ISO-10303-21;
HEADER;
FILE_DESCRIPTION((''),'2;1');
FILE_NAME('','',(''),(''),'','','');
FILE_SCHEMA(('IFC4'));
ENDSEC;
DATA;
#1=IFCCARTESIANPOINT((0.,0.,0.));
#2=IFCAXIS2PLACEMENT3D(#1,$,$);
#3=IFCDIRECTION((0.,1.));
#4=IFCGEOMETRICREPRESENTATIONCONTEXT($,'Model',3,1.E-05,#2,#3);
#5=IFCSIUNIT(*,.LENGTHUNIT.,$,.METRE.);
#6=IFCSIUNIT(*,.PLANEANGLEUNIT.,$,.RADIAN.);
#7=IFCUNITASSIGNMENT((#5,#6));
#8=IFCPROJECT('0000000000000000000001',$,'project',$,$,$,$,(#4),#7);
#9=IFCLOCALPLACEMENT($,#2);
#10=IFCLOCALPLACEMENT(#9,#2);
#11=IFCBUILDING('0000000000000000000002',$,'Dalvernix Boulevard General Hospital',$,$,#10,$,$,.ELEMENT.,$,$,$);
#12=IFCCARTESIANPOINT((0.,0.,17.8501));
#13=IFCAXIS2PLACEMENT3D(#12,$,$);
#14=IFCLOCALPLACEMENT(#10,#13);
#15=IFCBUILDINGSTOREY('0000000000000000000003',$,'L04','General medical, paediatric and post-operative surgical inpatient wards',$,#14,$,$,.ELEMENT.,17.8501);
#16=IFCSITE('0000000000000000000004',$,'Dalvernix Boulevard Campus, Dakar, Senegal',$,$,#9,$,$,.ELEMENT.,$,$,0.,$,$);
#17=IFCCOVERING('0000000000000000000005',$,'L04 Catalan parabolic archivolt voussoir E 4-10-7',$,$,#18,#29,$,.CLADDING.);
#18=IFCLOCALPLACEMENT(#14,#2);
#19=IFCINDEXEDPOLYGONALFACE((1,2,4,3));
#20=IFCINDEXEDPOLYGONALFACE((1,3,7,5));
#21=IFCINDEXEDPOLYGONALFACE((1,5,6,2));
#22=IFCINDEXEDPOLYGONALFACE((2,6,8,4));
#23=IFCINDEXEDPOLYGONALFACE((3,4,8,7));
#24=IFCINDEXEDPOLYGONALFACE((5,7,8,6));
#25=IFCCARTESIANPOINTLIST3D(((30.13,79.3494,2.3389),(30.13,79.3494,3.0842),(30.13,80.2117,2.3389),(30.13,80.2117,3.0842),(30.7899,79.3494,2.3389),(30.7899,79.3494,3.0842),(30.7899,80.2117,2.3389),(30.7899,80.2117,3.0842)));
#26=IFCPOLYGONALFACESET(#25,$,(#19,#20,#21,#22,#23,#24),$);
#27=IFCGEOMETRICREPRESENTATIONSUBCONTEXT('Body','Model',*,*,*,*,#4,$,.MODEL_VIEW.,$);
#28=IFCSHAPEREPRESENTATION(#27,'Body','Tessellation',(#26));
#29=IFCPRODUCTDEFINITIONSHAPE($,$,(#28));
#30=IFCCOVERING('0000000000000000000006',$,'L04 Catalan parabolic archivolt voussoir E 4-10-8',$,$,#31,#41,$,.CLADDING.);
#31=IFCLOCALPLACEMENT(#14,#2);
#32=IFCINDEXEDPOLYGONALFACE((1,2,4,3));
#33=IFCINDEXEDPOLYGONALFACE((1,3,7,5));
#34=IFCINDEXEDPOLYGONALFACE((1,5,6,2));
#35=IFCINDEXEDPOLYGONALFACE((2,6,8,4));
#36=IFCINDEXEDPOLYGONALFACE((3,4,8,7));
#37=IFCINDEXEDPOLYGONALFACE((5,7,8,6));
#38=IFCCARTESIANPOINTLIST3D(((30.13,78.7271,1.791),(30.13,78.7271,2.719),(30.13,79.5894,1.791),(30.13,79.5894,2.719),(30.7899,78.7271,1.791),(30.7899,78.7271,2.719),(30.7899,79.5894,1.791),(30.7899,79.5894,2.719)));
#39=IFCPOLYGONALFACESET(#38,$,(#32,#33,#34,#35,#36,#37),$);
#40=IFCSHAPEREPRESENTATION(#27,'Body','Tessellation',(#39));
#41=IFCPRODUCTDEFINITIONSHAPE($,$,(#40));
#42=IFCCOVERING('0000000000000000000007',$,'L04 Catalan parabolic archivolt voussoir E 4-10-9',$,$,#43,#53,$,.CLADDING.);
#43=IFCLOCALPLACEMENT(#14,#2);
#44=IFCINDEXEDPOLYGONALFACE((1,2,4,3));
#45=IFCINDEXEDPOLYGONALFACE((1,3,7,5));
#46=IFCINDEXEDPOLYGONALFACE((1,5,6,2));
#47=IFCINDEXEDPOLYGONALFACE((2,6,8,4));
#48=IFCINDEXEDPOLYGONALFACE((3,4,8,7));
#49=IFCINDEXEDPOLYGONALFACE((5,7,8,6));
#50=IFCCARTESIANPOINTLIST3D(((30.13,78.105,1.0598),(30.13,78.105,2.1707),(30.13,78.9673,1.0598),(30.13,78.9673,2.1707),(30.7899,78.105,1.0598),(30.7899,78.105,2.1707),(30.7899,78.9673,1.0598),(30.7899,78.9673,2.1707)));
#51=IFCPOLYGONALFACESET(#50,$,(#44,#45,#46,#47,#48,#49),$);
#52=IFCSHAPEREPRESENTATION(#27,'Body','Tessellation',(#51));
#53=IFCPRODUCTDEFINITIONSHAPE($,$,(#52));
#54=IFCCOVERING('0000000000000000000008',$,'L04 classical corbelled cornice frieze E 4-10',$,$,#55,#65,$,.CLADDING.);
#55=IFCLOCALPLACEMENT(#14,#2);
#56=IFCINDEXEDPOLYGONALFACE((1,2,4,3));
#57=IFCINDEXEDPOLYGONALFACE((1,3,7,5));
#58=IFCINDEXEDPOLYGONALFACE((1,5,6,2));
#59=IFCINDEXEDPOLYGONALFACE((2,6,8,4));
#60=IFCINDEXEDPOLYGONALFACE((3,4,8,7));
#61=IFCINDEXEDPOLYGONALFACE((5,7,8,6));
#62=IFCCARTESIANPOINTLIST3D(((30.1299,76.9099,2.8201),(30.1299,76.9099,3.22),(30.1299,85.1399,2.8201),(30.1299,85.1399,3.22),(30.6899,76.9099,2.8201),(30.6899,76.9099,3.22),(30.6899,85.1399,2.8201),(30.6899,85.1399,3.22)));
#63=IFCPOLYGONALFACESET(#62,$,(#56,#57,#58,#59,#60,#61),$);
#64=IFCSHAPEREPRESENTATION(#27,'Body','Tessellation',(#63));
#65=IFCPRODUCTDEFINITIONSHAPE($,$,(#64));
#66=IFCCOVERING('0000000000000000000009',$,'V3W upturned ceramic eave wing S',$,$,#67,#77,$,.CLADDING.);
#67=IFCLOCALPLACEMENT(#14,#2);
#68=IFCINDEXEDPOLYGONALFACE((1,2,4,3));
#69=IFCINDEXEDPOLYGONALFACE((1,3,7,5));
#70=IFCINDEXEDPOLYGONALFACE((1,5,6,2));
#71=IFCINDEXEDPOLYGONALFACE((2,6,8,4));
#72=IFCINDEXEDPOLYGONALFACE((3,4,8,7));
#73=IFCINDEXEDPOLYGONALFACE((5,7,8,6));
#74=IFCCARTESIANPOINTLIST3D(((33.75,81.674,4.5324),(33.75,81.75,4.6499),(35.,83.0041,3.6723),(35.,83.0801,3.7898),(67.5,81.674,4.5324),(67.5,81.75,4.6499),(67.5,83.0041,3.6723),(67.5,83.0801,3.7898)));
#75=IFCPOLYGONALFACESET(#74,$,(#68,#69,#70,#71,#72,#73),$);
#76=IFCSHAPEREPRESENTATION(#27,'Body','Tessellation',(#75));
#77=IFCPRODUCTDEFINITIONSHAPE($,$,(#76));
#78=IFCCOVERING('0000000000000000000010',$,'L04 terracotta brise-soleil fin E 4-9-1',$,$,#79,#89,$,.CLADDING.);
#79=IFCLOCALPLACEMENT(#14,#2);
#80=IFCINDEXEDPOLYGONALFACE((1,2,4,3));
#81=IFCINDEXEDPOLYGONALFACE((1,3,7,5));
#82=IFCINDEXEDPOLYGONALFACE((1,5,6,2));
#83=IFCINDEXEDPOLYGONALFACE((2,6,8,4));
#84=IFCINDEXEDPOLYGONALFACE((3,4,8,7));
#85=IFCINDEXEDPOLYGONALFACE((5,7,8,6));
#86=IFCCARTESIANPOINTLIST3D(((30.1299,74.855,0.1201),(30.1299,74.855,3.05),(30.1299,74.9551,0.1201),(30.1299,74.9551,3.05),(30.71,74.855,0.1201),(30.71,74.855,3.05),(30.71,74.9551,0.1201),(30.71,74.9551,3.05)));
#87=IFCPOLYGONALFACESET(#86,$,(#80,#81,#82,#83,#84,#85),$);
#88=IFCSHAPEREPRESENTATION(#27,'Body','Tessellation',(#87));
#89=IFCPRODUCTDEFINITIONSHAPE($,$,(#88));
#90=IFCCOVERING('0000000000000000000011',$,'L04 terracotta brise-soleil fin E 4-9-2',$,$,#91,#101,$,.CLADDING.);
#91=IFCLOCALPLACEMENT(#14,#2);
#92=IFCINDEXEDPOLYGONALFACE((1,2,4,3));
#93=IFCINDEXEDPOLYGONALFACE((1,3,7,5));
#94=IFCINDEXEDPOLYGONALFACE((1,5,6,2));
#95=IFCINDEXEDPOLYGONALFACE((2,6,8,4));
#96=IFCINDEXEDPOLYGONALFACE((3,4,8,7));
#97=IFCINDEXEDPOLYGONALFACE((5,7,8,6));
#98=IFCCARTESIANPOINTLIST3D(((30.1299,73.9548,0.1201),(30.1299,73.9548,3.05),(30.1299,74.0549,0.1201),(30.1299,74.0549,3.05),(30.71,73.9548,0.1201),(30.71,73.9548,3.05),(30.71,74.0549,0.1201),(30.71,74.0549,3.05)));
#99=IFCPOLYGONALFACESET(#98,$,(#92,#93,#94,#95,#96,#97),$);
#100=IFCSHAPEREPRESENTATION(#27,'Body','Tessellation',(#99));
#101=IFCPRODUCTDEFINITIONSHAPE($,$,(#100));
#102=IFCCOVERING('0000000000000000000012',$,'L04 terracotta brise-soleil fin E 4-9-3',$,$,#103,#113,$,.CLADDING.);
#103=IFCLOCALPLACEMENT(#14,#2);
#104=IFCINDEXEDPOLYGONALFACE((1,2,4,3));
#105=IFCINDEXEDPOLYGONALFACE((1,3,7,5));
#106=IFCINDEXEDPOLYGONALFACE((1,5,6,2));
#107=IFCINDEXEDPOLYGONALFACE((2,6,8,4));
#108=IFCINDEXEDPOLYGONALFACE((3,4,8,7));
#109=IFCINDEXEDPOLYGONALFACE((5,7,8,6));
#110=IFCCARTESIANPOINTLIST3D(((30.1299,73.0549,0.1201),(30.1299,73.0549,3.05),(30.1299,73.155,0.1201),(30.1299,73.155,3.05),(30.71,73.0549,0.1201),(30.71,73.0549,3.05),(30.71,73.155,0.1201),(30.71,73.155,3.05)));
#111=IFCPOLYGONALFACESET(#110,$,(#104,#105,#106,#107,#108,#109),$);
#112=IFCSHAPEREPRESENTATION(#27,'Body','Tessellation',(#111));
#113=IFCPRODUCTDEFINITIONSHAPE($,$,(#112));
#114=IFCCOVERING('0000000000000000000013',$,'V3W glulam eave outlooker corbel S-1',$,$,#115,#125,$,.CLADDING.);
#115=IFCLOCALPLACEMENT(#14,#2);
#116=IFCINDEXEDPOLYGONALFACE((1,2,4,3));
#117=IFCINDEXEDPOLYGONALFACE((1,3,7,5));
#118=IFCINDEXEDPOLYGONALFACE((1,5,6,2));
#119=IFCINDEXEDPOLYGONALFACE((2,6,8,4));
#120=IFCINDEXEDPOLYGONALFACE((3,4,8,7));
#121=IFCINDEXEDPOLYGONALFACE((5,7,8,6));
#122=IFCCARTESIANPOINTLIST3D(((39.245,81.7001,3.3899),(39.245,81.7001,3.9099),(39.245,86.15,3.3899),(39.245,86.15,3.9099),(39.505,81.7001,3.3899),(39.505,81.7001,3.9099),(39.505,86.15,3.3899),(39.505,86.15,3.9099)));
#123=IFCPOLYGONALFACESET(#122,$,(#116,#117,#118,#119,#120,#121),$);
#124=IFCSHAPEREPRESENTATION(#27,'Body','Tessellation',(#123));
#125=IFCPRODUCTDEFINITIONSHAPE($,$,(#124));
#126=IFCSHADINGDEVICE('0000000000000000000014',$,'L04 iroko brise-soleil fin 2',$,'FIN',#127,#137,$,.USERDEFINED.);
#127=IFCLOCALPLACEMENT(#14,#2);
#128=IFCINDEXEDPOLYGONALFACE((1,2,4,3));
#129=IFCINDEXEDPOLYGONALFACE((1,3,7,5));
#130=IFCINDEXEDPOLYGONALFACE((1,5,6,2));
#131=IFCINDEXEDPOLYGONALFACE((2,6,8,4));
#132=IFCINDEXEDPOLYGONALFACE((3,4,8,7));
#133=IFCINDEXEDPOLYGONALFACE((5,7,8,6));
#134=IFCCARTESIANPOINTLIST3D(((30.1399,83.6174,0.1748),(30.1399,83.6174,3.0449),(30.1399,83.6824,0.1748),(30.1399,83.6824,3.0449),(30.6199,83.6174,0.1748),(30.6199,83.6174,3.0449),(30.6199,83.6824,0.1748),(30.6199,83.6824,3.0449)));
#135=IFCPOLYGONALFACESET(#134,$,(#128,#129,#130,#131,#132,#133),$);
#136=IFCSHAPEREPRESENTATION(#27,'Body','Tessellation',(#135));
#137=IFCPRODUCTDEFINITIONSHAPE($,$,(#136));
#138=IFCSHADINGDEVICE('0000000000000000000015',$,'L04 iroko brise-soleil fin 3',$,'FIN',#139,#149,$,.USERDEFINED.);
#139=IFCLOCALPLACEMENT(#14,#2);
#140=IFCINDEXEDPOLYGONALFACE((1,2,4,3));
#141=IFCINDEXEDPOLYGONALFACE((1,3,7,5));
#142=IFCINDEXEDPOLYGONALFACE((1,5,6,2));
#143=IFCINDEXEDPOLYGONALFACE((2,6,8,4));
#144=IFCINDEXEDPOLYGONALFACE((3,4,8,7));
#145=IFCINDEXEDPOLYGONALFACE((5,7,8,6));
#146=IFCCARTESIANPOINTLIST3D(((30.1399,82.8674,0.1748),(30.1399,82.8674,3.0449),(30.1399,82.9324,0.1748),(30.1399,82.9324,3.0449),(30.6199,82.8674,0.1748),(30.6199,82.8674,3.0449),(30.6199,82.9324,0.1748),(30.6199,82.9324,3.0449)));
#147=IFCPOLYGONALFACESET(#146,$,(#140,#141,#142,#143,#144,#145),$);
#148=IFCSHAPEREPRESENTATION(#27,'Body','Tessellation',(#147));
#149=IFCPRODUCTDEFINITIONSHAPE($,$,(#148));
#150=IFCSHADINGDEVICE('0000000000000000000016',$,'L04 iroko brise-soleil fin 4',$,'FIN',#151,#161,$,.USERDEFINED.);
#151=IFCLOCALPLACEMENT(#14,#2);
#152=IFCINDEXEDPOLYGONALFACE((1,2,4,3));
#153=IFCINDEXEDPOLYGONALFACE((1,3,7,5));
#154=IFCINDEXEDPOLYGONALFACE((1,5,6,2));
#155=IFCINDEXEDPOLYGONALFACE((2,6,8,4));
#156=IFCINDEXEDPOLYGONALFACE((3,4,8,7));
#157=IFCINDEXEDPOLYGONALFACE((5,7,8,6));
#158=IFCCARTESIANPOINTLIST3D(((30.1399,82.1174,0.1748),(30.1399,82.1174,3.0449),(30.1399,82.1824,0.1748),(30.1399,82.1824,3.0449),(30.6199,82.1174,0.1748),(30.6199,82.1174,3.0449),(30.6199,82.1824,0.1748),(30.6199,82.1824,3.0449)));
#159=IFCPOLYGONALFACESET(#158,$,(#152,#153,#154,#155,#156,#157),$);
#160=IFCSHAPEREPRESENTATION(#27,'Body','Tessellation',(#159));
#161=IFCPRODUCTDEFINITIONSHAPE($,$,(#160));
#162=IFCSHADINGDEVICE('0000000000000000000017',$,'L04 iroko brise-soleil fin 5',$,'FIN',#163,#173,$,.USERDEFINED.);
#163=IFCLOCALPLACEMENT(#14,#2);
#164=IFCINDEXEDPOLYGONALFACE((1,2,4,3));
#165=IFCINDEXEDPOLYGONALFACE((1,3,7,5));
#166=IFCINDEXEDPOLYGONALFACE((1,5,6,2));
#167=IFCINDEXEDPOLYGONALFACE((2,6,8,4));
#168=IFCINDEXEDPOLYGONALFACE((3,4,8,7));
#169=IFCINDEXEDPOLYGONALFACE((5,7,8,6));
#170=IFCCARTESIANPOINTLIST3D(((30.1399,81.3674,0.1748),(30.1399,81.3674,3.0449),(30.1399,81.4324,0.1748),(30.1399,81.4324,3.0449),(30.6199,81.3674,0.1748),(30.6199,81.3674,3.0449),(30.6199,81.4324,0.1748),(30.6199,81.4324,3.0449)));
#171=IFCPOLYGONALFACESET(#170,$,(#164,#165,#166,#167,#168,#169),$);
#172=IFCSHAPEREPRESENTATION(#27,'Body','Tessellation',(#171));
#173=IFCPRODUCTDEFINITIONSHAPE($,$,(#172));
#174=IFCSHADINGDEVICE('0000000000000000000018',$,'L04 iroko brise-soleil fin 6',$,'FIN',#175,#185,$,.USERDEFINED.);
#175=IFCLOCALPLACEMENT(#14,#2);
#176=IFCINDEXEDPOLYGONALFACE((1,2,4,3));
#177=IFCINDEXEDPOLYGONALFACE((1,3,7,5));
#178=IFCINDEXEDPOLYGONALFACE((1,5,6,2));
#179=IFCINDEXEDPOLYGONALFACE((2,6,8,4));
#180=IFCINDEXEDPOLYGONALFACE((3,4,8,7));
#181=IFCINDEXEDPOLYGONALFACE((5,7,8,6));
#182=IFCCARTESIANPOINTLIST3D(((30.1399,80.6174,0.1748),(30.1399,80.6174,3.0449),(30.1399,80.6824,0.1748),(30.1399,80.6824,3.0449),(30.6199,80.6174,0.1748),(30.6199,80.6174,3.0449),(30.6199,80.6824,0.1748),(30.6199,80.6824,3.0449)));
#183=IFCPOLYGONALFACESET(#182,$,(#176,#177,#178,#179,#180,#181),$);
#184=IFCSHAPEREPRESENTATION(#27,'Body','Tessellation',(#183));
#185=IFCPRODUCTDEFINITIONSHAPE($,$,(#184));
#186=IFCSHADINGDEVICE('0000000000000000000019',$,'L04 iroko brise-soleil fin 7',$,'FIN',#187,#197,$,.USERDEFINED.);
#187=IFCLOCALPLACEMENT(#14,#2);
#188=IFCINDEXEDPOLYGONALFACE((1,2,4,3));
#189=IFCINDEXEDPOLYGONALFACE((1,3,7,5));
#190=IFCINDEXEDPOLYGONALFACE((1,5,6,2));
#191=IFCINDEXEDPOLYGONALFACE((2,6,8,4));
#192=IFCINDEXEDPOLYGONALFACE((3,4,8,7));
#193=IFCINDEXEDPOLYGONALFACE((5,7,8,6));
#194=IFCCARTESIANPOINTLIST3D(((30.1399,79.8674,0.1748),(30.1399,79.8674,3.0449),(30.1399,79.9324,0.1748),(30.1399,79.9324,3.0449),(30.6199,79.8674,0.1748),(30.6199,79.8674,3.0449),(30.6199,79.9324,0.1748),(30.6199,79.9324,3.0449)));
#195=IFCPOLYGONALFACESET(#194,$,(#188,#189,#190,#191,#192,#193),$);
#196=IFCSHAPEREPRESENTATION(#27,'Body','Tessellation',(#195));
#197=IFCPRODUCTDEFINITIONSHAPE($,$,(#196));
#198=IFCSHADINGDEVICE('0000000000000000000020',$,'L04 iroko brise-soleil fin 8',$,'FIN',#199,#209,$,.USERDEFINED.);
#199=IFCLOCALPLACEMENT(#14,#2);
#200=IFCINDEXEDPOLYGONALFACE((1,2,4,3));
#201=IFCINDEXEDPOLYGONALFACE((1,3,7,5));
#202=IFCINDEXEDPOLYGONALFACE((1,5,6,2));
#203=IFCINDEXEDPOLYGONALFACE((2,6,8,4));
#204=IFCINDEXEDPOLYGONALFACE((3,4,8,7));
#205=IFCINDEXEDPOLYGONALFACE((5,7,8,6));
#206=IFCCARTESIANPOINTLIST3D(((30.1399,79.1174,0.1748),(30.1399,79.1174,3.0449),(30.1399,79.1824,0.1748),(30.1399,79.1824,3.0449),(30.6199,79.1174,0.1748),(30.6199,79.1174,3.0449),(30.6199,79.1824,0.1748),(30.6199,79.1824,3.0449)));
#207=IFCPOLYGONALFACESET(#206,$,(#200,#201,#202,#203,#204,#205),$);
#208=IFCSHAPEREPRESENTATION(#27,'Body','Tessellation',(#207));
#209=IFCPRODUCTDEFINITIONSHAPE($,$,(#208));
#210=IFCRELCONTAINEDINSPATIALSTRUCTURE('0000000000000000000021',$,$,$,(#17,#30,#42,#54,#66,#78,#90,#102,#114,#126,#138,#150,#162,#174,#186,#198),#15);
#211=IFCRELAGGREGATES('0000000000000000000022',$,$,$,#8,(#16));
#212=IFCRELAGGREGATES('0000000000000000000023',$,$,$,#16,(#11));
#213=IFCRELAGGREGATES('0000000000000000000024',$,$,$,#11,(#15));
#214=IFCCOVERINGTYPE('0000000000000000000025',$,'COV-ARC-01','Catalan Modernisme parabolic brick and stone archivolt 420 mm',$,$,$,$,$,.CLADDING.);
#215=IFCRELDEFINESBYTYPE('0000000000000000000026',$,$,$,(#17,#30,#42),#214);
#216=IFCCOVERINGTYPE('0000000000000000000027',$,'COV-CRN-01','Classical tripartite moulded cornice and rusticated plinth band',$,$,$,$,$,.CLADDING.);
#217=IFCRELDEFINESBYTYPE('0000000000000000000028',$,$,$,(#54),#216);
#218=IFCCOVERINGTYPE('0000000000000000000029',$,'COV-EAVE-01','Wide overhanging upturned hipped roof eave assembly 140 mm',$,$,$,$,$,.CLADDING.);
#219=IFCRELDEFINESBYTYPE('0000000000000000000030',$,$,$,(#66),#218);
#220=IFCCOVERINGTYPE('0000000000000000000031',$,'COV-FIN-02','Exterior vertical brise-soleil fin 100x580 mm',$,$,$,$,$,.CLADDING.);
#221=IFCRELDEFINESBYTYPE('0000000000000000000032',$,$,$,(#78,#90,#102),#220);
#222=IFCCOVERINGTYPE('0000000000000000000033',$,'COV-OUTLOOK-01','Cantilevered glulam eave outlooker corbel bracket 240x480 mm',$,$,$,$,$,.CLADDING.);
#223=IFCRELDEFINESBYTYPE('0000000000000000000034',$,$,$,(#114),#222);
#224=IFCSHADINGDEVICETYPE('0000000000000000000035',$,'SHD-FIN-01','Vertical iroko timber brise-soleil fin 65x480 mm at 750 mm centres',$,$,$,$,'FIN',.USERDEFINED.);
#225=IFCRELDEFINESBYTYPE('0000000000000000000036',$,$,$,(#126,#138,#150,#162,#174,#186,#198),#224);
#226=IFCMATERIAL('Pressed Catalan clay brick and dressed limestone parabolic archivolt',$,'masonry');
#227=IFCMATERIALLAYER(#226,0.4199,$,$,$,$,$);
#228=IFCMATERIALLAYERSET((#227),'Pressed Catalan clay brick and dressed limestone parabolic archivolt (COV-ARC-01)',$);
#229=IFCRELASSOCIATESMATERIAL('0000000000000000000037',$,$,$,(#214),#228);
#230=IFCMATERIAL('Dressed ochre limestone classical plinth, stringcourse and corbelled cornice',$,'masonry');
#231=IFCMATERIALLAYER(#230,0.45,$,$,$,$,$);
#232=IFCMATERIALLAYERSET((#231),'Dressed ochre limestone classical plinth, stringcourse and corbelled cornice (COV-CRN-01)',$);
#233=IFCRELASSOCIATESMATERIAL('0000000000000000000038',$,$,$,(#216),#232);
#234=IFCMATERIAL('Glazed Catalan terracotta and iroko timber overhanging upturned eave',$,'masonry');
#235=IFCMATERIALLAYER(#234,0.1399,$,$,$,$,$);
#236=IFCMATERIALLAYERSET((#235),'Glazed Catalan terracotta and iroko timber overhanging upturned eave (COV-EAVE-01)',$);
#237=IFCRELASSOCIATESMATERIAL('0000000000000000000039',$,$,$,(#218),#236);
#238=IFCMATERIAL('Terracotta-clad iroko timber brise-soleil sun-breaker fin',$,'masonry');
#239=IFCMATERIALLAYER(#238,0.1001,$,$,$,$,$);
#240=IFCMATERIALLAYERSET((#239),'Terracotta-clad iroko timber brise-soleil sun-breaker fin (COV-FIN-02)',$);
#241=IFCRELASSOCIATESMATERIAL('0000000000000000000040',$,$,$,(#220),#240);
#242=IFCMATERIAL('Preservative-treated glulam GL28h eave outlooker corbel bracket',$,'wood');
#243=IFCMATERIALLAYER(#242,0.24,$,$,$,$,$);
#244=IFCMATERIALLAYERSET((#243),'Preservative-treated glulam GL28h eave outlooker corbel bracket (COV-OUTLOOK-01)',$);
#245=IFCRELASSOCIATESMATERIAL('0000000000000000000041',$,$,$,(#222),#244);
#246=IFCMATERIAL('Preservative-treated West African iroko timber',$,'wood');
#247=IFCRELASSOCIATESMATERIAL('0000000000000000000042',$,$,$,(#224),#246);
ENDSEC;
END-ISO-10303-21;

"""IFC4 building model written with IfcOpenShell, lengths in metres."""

from ifc_helpers import new_model, si_unit, direction, frame, origin, origin_2d, place, context, subcontext, project, spatial, polyline, rectangle, outline, extrude, material, layer, layer_set, type_object, element, save


model = new_model("IFC4")

# Units and contexts
model_context = context("Model", 3, precision=1e-05, world=origin(), true_north=direction((0.0, 1.0)))
body_context = subcontext(model_context, "Body", "Model", "MODEL_VIEW")
ifc_project = project(units=[si_unit("LENGTHUNIT", "METRE"), si_unit("PLANEANGLEUNIT", "RADIAN")], contexts=[model_context])

# Site, building, storey
site_placement = place(None, origin())
site = spatial("IfcSite", under=ifc_project, at=site_placement, Name="Dalvernix Boulevard Campus, Dakar, Senegal", CompositionType="ELEMENT", RefElevation=0.0)
building_placement = place(site_placement, origin())
building = spatial("IfcBuilding", under=site, at=building_placement, Name="Dalvernix Boulevard General Hospital", CompositionType="ELEMENT")
storey_placement = place(building_placement, frame((0.0, 0.0, 17.8501)))
storey = spatial("IfcBuildingStorey", under=building, at=storey_placement, Name="L04", Description="General medical, paediatric and post-operative surgical inpatient wards", CompositionType="ELEMENT", Elevation=17.8501)

# Coverings
ifc_material_1 = material(Name="Pressed Catalan clay brick and dressed limestone parabolic archivolt", Category="masonry")
ifc_layer_1 = layer(ifc_material_1, 0.4199)
ifc_layer_set_1 = layer_set([ifc_layer_1], Name="Pressed Catalan clay brick and dressed limestone parabolic archivolt (COV-ARC-01)")
covering_type_1 = type_object("IfcCoveringType", Name="COV-ARC-01", Description="Catalan Modernisme parabolic brick and stone archivolt 420 mm", PredefinedType="CLADDING", material=ifc_layer_set_1)
covering_1_placement = place(storey_placement, frame((30.46, 79.7805, 2.3389), z_axis=(0.0, 0.0, 1.0), x_axis=(0.0, -1.0, 0.0)))
element("IfcCovering", 1, at=covering_1_placement, inside=storey, type_object=covering_type_1, Name="L04 Catalan parabolic archivolt voussoir E 4-10-7", PredefinedType="CLADDING", context=body_context, shape_type="SweptSolid", body=[
    extrude(rectangle(XDim=0.8623, YDim=0.6599, at=origin_2d()), origin(), (0.0, 0.0, 1.0), 0.7454),
])
covering_2_placement = place(storey_placement, frame((30.46, 79.1582, 1.791), z_axis=(0.0, 0.0, 1.0), x_axis=(0.0, -1.0, 0.0)))
element("IfcCovering", 2, at=covering_2_placement, inside=storey, type_object=covering_type_1, Name="L04 Catalan parabolic archivolt voussoir E 4-10-8", PredefinedType="CLADDING", context=body_context, shape_type="SweptSolid", body=[
    extrude(rectangle(XDim=0.8623, YDim=0.6599, at=origin_2d()), origin(), (0.0, 0.0, 1.0), 0.928),
])
covering_3_placement = place(storey_placement, frame((30.46, 78.5361, 1.0598), z_axis=(0.0, 0.0, 1.0), x_axis=(0.0, -1.0, 0.0)))
element("IfcCovering", 3, at=covering_3_placement, inside=storey, type_object=covering_type_1, Name="L04 Catalan parabolic archivolt voussoir E 4-10-9", PredefinedType="CLADDING", context=body_context, shape_type="SweptSolid", body=[
    extrude(rectangle(XDim=0.8623, YDim=0.6599, at=origin_2d()), origin(), (0.0, 0.0, 1.0), 1.1108),
])
ifc_material_2 = material(Name="Dressed ochre limestone classical plinth, stringcourse and corbelled cornice", Category="masonry")
ifc_layer_2 = layer(ifc_material_2, 0.45)
ifc_layer_set_2 = layer_set([ifc_layer_2], Name="Dressed ochre limestone classical plinth, stringcourse and corbelled cornice (COV-CRN-01)")
covering_type_2 = type_object("IfcCoveringType", Name="COV-CRN-01", Description="Classical tripartite moulded cornice and rusticated plinth band", PredefinedType="CLADDING", material=ifc_layer_set_2)
covering_4_placement = place(storey_placement, frame((30.4099, 81.0249, 2.8201), z_axis=(0.0, 0.0, 1.0), x_axis=(0.0, -1.0, 0.0)))
element("IfcCovering", 4, at=covering_4_placement, inside=storey, type_object=covering_type_2, Name="L04 classical corbelled cornice frieze E 4-10", PredefinedType="CLADDING", context=body_context, shape_type="SweptSolid", body=[
    extrude(rectangle(XDim=8.23, YDim=0.5601, at=origin_2d()), origin(), (0.0, 0.0, 1.0), 0.3999),
])
ifc_material_3 = material(Name="Glazed Catalan terracotta and iroko timber overhanging upturned eave", Category="masonry")
ifc_layer_3 = layer(ifc_material_3, 0.1399)
ifc_layer_set_3 = layer_set([ifc_layer_3], Name="Glazed Catalan terracotta and iroko timber overhanging upturned eave (COV-EAVE-01)")
covering_type_3 = type_object("IfcCoveringType", Name="COV-EAVE-01", Description="Wide overhanging upturned hipped roof eave assembly 140 mm", PredefinedType="CLADDING", material=ifc_layer_set_3)
covering_5_placement = place(storey_placement, frame((35.0, 83.0801, 3.7898), z_axis=(0.0, 0.543015, 0.839723), x_axis=(1.0, 0.0, 0.0)))
element("IfcCovering", 5, at=covering_5_placement, inside=storey, type_object=covering_type_3, Name="V3W upturned ceramic eave wing S", PredefinedType="CLADDING", context=body_context, shape_type="SweptSolid", body=[
    extrude(outline(polyline([(0.0, 0.0), (32.5, 0.0), (32.5, -1.5839), (-1.25, -1.5839), (0.0, 0.0)])), origin(), (0.0, 0.0, -1.0), 0.1399),
])
ifc_material_4 = material(Name="Terracotta-clad iroko timber brise-soleil sun-breaker fin", Category="masonry")
ifc_layer_4 = layer(ifc_material_4, 0.1001)
ifc_layer_set_4 = layer_set([ifc_layer_4], Name="Terracotta-clad iroko timber brise-soleil sun-breaker fin (COV-FIN-02)")
covering_type_4 = type_object("IfcCoveringType", Name="COV-FIN-02", Description="Exterior vertical brise-soleil fin 100x580 mm", PredefinedType="CLADDING", material=ifc_layer_set_4)
for number, where, z_axis, x_axis, name in (
    (6, (30.4199, 74.905, 0.1201), (0.0, 0.0, 1.0), (0.0, -1.0, 0.0), "L04 terracotta brise-soleil fin E 4-9-1"),
    (7, (30.4199, 74.0049, 0.1201), (0.0, 0.0, 1.0), (0.0, -1.0, 0.0), "L04 terracotta brise-soleil fin E 4-9-2"),
    (8, (30.4199, 73.105, 0.1201), (0.0, 0.0, 1.0), (0.0, -1.0, 0.0), "L04 terracotta brise-soleil fin E 4-9-3"),
):
    element("IfcCovering", number, at=place(storey_placement, frame(where, z_axis=z_axis, x_axis=x_axis)), inside=storey, type_object=covering_type_4, Name=name, PredefinedType="CLADDING", context=body_context, shape_type="SweptSolid", body=[
        extrude(rectangle(XDim=0.1001, YDim=0.5801, at=origin_2d()), origin(), (0.0, 0.0, 1.0), 2.9299),
    ])
ifc_material_5 = material(Name="Preservative-treated glulam GL28h eave outlooker corbel bracket", Category="wood")
ifc_layer_5 = layer(ifc_material_5, 0.24)
ifc_layer_set_5 = layer_set([ifc_layer_5], Name="Preservative-treated glulam GL28h eave outlooker corbel bracket (COV-OUTLOOK-01)")
covering_type_5 = type_object("IfcCoveringType", Name="COV-OUTLOOK-01", Description="Cantilevered glulam eave outlooker corbel bracket 240x480 mm", PredefinedType="CLADDING", material=ifc_layer_set_5)
covering_6_placement = place(storey_placement, frame((39.375, 83.925, 3.3899), z_axis=(0.0, 0.0, 1.0), x_axis=(1.0, 0.0, 0.0)))
element("IfcCovering", 9, at=covering_6_placement, inside=storey, type_object=covering_type_5, Name="V3W glulam eave outlooker corbel S-1", PredefinedType="CLADDING", context=body_context, shape_type="SweptSolid", body=[
    extrude(rectangle(XDim=0.26, YDim=4.45, at=origin_2d()), origin(), (0.0, 0.0, 1.0), 0.52),
])

# Shading devices
ifc_material_6 = material(Name="Preservative-treated West African iroko timber", Category="wood")
shading_device_type = type_object("IfcShadingDeviceType", Name="SHD-FIN-01", Description="Vertical iroko timber brise-soleil fin 65x480 mm at 750 mm centres", ElementType="FIN", PredefinedType="USERDEFINED", material=ifc_material_6)
for number, where, z_axis, x_axis, name in (
    (10, (30.3799, 83.6499, 0.1748), (0.0, 0.0, 1.0), (0.0, -1.0, 0.0), "L04 iroko brise-soleil fin 2"),
    (11, (30.3799, 82.8999, 0.1748), (0.0, 0.0, 1.0), (0.0, -1.0, 0.0), "L04 iroko brise-soleil fin 3"),
    (12, (30.3799, 82.1499, 0.1748), (0.0, 0.0, 1.0), (0.0, -1.0, 0.0), "L04 iroko brise-soleil fin 4"),
    (13, (30.3799, 81.3999, 0.1748), (0.0, 0.0, 1.0), (0.0, -1.0, 0.0), "L04 iroko brise-soleil fin 5"),
    (14, (30.3799, 80.6499, 0.1748), (0.0, 0.0, 1.0), (0.0, -1.0, 0.0), "L04 iroko brise-soleil fin 6"),
    (15, (30.3799, 79.8999, 0.1748), (0.0, 0.0, 1.0), (0.0, -1.0, 0.0), "L04 iroko brise-soleil fin 7"),
    (16, (30.3799, 79.1499, 0.1748), (0.0, 0.0, 1.0), (0.0, -1.0, 0.0), "L04 iroko brise-soleil fin 8"),
):
    element("IfcShadingDevice", number, at=place(storey_placement, frame(where, z_axis=z_axis, x_axis=x_axis)), inside=storey, type_object=shading_device_type, Name=name, ObjectType="FIN", PredefinedType="USERDEFINED", context=body_context, shape_type="SweptSolid", body=[
        extrude(rectangle(XDim=0.0649, YDim=0.48, at=origin_2d()), origin(), (0.0, 0.0, 1.0), 2.8701),
    ])

save(model, "model.ifc")
